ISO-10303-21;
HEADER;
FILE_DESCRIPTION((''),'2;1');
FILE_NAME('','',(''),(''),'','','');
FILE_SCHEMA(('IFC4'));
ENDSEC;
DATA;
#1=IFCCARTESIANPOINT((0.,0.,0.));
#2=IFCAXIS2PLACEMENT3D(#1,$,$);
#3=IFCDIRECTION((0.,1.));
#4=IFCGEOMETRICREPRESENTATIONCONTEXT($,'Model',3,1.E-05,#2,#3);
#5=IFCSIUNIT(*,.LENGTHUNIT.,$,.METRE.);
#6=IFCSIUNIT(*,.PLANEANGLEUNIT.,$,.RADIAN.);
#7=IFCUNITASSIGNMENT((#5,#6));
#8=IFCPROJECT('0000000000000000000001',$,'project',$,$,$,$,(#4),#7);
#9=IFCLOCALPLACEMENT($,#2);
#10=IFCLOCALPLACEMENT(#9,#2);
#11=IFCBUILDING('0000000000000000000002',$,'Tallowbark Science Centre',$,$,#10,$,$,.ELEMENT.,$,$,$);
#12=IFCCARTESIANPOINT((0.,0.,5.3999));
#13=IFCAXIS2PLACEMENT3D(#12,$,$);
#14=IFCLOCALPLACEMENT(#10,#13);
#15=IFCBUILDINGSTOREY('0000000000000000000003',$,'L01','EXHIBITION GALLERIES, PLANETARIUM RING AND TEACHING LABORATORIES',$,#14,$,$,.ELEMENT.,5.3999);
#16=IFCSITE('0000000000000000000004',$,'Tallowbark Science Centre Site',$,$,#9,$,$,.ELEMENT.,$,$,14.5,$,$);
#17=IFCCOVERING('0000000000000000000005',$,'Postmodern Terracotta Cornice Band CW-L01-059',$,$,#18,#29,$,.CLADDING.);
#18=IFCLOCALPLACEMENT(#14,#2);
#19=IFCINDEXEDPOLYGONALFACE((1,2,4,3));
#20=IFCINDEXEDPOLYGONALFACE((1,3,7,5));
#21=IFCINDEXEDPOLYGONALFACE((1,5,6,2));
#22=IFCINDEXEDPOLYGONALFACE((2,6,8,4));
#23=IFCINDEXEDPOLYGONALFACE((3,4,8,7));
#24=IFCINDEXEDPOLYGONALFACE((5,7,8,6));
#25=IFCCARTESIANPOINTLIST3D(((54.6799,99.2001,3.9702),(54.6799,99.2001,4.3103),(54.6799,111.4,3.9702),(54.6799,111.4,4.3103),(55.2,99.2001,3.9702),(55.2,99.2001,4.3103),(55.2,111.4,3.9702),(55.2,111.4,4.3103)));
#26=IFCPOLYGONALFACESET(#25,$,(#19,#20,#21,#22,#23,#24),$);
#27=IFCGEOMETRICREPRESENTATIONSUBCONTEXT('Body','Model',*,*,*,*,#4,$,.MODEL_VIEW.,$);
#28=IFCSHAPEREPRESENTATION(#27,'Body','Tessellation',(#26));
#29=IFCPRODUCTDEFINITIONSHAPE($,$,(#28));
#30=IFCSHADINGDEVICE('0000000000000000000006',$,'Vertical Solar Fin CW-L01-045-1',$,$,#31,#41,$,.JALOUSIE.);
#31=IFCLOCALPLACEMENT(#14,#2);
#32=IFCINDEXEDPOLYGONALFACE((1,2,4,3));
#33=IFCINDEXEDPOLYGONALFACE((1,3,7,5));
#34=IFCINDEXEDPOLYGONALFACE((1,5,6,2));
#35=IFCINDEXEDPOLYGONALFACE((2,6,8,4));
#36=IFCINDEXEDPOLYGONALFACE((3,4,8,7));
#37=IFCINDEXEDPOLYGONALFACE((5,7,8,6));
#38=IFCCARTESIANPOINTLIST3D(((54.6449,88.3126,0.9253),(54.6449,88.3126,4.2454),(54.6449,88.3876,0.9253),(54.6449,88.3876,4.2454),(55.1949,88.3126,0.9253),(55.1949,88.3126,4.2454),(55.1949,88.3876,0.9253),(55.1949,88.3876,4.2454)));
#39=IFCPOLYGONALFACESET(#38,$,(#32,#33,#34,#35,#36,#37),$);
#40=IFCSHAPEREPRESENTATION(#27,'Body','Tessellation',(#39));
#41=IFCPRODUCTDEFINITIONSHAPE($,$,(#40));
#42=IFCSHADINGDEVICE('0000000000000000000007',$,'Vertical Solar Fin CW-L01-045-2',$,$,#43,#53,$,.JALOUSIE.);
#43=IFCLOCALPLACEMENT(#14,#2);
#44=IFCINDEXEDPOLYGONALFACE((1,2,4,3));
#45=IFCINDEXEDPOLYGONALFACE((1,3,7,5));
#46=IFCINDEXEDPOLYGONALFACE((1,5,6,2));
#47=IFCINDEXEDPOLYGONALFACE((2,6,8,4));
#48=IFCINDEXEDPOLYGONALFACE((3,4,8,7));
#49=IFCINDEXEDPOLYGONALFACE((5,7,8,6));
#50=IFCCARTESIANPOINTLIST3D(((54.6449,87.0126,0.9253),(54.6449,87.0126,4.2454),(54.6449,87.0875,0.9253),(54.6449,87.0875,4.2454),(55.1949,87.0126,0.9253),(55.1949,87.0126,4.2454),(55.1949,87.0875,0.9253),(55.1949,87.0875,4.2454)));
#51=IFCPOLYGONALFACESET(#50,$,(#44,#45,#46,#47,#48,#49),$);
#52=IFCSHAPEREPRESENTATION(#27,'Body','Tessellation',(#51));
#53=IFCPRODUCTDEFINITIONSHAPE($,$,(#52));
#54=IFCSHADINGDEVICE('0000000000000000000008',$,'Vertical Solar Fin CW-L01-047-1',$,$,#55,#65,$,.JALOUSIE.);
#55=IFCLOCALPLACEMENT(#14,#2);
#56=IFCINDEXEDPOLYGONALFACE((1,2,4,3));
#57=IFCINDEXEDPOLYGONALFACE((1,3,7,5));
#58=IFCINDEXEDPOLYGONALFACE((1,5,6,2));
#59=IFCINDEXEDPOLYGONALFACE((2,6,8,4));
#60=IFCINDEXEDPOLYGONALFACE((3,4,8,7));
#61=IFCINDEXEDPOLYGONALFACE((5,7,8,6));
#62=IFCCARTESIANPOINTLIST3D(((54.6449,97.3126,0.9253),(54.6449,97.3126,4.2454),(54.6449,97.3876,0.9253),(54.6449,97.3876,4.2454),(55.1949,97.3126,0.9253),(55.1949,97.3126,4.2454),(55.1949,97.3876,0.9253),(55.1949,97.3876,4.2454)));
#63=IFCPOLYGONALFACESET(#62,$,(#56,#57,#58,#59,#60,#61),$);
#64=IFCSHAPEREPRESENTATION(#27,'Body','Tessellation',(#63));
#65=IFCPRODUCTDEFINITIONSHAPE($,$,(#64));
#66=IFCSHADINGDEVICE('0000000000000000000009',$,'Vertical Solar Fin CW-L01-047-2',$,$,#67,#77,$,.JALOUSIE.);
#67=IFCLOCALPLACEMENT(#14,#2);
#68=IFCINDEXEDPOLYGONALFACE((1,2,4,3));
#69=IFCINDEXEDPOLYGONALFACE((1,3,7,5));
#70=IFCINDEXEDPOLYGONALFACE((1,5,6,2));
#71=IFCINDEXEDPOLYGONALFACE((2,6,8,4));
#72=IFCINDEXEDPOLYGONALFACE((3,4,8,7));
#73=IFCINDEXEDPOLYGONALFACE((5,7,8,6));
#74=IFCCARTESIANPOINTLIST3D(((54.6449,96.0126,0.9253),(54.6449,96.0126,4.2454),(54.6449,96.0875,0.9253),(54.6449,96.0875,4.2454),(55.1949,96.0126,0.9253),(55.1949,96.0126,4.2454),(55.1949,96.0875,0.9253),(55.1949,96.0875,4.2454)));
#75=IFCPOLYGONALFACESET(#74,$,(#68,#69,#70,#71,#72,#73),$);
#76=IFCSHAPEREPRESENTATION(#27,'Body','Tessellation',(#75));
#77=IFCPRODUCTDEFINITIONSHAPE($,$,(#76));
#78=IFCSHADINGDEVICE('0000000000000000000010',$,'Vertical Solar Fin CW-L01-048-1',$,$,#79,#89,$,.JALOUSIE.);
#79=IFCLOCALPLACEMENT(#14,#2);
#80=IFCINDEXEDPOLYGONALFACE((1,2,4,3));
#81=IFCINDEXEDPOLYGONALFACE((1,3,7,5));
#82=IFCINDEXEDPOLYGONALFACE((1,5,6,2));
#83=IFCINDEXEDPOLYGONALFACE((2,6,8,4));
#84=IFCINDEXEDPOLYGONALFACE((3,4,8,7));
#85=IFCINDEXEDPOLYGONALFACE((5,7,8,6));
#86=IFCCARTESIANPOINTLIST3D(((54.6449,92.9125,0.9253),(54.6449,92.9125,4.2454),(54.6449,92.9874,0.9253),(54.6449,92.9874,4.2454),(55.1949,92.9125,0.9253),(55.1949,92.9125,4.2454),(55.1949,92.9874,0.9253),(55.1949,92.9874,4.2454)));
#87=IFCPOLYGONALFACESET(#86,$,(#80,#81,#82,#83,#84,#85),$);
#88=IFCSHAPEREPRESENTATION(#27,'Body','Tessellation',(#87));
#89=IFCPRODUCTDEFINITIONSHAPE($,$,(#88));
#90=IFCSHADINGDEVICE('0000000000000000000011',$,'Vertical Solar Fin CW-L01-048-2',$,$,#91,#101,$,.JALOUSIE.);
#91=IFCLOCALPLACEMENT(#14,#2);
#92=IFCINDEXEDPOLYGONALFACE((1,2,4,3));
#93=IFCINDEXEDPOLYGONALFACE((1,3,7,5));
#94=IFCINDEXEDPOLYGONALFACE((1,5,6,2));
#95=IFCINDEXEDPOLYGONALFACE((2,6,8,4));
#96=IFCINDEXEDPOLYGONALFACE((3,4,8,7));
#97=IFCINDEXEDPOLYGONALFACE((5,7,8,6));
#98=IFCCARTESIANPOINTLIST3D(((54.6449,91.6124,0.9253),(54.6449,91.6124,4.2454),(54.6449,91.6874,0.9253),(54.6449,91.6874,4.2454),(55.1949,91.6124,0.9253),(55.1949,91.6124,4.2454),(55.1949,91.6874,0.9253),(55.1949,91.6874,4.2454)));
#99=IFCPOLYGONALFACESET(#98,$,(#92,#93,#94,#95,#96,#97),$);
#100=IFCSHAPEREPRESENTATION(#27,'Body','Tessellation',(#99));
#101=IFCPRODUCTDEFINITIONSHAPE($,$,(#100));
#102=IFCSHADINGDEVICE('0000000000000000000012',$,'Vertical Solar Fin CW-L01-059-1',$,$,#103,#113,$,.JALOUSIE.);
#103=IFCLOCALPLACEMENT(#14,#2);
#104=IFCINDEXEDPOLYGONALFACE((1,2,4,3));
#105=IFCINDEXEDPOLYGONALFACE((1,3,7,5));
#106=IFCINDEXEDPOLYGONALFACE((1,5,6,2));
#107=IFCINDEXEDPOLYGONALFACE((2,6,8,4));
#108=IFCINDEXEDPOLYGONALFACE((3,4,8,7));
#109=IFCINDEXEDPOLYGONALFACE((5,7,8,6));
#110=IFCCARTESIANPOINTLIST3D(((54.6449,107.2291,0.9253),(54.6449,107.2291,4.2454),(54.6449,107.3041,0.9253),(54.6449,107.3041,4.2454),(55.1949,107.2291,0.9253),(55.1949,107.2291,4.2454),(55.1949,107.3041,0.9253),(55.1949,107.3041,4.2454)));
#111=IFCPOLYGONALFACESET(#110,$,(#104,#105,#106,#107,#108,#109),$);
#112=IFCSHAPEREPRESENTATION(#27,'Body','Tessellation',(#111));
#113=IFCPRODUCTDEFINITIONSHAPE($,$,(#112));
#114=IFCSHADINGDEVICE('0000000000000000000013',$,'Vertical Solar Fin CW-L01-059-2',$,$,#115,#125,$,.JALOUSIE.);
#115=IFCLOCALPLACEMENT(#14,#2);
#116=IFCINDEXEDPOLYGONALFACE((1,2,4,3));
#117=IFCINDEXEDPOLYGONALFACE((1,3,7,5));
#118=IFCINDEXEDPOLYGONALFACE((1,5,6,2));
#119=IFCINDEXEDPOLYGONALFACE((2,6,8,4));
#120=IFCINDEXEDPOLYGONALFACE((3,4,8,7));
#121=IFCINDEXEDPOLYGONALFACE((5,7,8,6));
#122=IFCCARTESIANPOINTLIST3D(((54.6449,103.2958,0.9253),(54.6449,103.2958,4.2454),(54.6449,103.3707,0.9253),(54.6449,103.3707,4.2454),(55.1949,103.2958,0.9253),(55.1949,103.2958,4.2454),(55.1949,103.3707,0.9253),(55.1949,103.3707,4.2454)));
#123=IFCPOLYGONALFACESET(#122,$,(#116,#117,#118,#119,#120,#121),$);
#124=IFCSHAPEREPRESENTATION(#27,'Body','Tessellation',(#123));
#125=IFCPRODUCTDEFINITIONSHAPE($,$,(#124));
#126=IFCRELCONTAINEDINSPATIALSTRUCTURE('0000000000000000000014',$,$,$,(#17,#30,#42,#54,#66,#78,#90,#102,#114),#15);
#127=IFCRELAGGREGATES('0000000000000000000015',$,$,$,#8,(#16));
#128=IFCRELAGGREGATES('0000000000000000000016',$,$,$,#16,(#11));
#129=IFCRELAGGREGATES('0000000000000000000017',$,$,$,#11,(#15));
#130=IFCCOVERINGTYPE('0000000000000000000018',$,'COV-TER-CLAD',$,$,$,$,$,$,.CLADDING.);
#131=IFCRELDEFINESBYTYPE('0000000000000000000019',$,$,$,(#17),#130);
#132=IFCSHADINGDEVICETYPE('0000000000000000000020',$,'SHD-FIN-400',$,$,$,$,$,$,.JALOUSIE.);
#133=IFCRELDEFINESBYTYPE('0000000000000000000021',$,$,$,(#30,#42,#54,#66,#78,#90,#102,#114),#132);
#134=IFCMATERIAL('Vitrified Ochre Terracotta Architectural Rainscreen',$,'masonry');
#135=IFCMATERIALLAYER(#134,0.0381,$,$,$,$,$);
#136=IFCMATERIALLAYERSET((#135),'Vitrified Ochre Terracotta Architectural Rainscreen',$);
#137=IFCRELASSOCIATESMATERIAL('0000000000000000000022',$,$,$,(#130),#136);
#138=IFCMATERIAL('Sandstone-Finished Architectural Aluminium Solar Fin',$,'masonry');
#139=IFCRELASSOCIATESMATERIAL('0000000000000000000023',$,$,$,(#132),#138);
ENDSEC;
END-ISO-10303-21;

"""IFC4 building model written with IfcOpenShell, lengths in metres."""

from ifc_helpers import new_model, si_unit, direction, frame, origin, origin_2d, place, context, subcontext, project, spatial, rectangle, extrude, material, layer, layer_set, type_object, element, save


model = new_model("IFC4")

# Units and contexts
model_context = context("Model", 3, precision=1e-05, world=origin(), true_north=direction((0.0, 1.0)))
body_context = subcontext(model_context, "Body", "Model", "MODEL_VIEW")
ifc_project = project(units=[si_unit("LENGTHUNIT", "METRE"), si_unit("PLANEANGLEUNIT", "RADIAN")], contexts=[model_context])

# Site, building, storey
site_placement = place(None, origin())
site = spatial("IfcSite", under=ifc_project, at=site_placement, Name="Tallowbark Science Centre Site", CompositionType="ELEMENT", RefElevation=14.5)
building_placement = place(site_placement, origin())
building = spatial("IfcBuilding", under=site, at=building_placement, Name="Tallowbark Science Centre", CompositionType="ELEMENT")
storey_placement = place(building_placement, frame((0.0, 0.0, 5.3999)))
storey = spatial("IfcBuildingStorey", under=building, at=storey_placement, Name="L01", Description="EXHIBITION GALLERIES, PLANETARIUM RING AND TEACHING LABORATORIES", CompositionType="ELEMENT", Elevation=5.3999)

# Covering
ifc_material_1 = material(Name="Vitrified Ochre Terracotta Architectural Rainscreen", Category="masonry")
ifc_layer_1 = layer(ifc_material_1, 0.0381)
ifc_layer_set_1 = layer_set([ifc_layer_1], Name="Vitrified Ochre Terracotta Architectural Rainscreen")
covering_type_1 = type_object("IfcCoveringType", Name="COV-TER-CLAD", PredefinedType="CLADDING", material=ifc_layer_set_1)
covering_1_placement = place(storey_placement, frame((54.9399, 105.3, 3.9702), z_axis=(0.0, 0.0, 1.0), x_axis=(0.0, -1.0, 0.0)))
element("IfcCovering", 1, at=covering_1_placement, inside=storey, type_object=covering_type_1, Name="Postmodern Terracotta Cornice Band CW-L01-059", PredefinedType="CLADDING", context=body_context, shape_type="SweptSolid", body=[
    extrude(rectangle(XDim=12.2, YDim=0.52, at=origin_2d()), origin(), (0.0, 0.0, 1.0), 0.3401),
])

# Shading devices
ifc_material_2 = material(Name="Sandstone-Finished Architectural Aluminium Solar Fin", Category="masonry")
shading_device_type = type_object("IfcShadingDeviceType", Name="SHD-FIN-400", PredefinedType="JALOUSIE", material=ifc_material_2)
for number, where, z_axis, x_axis, name in (
    (2, (54.9199, 88.3501, 0.9253), (0.0, 0.0, 1.0), (0.0, -1.0, 0.0), "Vertical Solar Fin CW-L01-045-1"),
    (3, (54.9199, 87.05, 0.9253), (0.0, 0.0, 1.0), (0.0, -1.0, 0.0), "Vertical Solar Fin CW-L01-045-2"),
    (4, (54.9199, 97.3501, 0.9253), (0.0, 0.0, 1.0), (0.0, -1.0, 0.0), "Vertical Solar Fin CW-L01-047-1"),
    (5, (54.9199, 96.05, 0.9253), (0.0, 0.0, 1.0), (0.0, -1.0, 0.0), "Vertical Solar Fin CW-L01-047-2"),
    (6, (54.9199, 92.95, 0.9253), (0.0, 0.0, 1.0), (0.0, -1.0, 0.0), "Vertical Solar Fin CW-L01-048-1"),
    (7, (54.9199, 91.6499, 0.9253), (0.0, 0.0, 1.0), (0.0, -1.0, 0.0), "Vertical Solar Fin CW-L01-048-2"),
    (8, (54.9199, 107.2666, 0.9253), (0.0, 0.0, 1.0), (0.0, -1.0, 0.0), "Vertical Solar Fin CW-L01-059-1"),
    (9, (54.9199, 103.3333, 0.9253), (0.0, 0.0, 1.0), (0.0, -1.0, 0.0), "Vertical Solar Fin CW-L01-059-2"),
):
    element("IfcShadingDevice", number, at=place(storey_placement, frame(where, z_axis=z_axis, x_axis=x_axis)), inside=storey, type_object=shading_device_type, Name=name, PredefinedType="JALOUSIE", context=body_context, shape_type="SweptSolid", body=[
        extrude(rectangle(XDim=0.075, YDim=0.55, at=origin_2d()), origin(), (0.0, 0.0, 1.0), 3.3201),
    ])

save(model, "model.ifc")
